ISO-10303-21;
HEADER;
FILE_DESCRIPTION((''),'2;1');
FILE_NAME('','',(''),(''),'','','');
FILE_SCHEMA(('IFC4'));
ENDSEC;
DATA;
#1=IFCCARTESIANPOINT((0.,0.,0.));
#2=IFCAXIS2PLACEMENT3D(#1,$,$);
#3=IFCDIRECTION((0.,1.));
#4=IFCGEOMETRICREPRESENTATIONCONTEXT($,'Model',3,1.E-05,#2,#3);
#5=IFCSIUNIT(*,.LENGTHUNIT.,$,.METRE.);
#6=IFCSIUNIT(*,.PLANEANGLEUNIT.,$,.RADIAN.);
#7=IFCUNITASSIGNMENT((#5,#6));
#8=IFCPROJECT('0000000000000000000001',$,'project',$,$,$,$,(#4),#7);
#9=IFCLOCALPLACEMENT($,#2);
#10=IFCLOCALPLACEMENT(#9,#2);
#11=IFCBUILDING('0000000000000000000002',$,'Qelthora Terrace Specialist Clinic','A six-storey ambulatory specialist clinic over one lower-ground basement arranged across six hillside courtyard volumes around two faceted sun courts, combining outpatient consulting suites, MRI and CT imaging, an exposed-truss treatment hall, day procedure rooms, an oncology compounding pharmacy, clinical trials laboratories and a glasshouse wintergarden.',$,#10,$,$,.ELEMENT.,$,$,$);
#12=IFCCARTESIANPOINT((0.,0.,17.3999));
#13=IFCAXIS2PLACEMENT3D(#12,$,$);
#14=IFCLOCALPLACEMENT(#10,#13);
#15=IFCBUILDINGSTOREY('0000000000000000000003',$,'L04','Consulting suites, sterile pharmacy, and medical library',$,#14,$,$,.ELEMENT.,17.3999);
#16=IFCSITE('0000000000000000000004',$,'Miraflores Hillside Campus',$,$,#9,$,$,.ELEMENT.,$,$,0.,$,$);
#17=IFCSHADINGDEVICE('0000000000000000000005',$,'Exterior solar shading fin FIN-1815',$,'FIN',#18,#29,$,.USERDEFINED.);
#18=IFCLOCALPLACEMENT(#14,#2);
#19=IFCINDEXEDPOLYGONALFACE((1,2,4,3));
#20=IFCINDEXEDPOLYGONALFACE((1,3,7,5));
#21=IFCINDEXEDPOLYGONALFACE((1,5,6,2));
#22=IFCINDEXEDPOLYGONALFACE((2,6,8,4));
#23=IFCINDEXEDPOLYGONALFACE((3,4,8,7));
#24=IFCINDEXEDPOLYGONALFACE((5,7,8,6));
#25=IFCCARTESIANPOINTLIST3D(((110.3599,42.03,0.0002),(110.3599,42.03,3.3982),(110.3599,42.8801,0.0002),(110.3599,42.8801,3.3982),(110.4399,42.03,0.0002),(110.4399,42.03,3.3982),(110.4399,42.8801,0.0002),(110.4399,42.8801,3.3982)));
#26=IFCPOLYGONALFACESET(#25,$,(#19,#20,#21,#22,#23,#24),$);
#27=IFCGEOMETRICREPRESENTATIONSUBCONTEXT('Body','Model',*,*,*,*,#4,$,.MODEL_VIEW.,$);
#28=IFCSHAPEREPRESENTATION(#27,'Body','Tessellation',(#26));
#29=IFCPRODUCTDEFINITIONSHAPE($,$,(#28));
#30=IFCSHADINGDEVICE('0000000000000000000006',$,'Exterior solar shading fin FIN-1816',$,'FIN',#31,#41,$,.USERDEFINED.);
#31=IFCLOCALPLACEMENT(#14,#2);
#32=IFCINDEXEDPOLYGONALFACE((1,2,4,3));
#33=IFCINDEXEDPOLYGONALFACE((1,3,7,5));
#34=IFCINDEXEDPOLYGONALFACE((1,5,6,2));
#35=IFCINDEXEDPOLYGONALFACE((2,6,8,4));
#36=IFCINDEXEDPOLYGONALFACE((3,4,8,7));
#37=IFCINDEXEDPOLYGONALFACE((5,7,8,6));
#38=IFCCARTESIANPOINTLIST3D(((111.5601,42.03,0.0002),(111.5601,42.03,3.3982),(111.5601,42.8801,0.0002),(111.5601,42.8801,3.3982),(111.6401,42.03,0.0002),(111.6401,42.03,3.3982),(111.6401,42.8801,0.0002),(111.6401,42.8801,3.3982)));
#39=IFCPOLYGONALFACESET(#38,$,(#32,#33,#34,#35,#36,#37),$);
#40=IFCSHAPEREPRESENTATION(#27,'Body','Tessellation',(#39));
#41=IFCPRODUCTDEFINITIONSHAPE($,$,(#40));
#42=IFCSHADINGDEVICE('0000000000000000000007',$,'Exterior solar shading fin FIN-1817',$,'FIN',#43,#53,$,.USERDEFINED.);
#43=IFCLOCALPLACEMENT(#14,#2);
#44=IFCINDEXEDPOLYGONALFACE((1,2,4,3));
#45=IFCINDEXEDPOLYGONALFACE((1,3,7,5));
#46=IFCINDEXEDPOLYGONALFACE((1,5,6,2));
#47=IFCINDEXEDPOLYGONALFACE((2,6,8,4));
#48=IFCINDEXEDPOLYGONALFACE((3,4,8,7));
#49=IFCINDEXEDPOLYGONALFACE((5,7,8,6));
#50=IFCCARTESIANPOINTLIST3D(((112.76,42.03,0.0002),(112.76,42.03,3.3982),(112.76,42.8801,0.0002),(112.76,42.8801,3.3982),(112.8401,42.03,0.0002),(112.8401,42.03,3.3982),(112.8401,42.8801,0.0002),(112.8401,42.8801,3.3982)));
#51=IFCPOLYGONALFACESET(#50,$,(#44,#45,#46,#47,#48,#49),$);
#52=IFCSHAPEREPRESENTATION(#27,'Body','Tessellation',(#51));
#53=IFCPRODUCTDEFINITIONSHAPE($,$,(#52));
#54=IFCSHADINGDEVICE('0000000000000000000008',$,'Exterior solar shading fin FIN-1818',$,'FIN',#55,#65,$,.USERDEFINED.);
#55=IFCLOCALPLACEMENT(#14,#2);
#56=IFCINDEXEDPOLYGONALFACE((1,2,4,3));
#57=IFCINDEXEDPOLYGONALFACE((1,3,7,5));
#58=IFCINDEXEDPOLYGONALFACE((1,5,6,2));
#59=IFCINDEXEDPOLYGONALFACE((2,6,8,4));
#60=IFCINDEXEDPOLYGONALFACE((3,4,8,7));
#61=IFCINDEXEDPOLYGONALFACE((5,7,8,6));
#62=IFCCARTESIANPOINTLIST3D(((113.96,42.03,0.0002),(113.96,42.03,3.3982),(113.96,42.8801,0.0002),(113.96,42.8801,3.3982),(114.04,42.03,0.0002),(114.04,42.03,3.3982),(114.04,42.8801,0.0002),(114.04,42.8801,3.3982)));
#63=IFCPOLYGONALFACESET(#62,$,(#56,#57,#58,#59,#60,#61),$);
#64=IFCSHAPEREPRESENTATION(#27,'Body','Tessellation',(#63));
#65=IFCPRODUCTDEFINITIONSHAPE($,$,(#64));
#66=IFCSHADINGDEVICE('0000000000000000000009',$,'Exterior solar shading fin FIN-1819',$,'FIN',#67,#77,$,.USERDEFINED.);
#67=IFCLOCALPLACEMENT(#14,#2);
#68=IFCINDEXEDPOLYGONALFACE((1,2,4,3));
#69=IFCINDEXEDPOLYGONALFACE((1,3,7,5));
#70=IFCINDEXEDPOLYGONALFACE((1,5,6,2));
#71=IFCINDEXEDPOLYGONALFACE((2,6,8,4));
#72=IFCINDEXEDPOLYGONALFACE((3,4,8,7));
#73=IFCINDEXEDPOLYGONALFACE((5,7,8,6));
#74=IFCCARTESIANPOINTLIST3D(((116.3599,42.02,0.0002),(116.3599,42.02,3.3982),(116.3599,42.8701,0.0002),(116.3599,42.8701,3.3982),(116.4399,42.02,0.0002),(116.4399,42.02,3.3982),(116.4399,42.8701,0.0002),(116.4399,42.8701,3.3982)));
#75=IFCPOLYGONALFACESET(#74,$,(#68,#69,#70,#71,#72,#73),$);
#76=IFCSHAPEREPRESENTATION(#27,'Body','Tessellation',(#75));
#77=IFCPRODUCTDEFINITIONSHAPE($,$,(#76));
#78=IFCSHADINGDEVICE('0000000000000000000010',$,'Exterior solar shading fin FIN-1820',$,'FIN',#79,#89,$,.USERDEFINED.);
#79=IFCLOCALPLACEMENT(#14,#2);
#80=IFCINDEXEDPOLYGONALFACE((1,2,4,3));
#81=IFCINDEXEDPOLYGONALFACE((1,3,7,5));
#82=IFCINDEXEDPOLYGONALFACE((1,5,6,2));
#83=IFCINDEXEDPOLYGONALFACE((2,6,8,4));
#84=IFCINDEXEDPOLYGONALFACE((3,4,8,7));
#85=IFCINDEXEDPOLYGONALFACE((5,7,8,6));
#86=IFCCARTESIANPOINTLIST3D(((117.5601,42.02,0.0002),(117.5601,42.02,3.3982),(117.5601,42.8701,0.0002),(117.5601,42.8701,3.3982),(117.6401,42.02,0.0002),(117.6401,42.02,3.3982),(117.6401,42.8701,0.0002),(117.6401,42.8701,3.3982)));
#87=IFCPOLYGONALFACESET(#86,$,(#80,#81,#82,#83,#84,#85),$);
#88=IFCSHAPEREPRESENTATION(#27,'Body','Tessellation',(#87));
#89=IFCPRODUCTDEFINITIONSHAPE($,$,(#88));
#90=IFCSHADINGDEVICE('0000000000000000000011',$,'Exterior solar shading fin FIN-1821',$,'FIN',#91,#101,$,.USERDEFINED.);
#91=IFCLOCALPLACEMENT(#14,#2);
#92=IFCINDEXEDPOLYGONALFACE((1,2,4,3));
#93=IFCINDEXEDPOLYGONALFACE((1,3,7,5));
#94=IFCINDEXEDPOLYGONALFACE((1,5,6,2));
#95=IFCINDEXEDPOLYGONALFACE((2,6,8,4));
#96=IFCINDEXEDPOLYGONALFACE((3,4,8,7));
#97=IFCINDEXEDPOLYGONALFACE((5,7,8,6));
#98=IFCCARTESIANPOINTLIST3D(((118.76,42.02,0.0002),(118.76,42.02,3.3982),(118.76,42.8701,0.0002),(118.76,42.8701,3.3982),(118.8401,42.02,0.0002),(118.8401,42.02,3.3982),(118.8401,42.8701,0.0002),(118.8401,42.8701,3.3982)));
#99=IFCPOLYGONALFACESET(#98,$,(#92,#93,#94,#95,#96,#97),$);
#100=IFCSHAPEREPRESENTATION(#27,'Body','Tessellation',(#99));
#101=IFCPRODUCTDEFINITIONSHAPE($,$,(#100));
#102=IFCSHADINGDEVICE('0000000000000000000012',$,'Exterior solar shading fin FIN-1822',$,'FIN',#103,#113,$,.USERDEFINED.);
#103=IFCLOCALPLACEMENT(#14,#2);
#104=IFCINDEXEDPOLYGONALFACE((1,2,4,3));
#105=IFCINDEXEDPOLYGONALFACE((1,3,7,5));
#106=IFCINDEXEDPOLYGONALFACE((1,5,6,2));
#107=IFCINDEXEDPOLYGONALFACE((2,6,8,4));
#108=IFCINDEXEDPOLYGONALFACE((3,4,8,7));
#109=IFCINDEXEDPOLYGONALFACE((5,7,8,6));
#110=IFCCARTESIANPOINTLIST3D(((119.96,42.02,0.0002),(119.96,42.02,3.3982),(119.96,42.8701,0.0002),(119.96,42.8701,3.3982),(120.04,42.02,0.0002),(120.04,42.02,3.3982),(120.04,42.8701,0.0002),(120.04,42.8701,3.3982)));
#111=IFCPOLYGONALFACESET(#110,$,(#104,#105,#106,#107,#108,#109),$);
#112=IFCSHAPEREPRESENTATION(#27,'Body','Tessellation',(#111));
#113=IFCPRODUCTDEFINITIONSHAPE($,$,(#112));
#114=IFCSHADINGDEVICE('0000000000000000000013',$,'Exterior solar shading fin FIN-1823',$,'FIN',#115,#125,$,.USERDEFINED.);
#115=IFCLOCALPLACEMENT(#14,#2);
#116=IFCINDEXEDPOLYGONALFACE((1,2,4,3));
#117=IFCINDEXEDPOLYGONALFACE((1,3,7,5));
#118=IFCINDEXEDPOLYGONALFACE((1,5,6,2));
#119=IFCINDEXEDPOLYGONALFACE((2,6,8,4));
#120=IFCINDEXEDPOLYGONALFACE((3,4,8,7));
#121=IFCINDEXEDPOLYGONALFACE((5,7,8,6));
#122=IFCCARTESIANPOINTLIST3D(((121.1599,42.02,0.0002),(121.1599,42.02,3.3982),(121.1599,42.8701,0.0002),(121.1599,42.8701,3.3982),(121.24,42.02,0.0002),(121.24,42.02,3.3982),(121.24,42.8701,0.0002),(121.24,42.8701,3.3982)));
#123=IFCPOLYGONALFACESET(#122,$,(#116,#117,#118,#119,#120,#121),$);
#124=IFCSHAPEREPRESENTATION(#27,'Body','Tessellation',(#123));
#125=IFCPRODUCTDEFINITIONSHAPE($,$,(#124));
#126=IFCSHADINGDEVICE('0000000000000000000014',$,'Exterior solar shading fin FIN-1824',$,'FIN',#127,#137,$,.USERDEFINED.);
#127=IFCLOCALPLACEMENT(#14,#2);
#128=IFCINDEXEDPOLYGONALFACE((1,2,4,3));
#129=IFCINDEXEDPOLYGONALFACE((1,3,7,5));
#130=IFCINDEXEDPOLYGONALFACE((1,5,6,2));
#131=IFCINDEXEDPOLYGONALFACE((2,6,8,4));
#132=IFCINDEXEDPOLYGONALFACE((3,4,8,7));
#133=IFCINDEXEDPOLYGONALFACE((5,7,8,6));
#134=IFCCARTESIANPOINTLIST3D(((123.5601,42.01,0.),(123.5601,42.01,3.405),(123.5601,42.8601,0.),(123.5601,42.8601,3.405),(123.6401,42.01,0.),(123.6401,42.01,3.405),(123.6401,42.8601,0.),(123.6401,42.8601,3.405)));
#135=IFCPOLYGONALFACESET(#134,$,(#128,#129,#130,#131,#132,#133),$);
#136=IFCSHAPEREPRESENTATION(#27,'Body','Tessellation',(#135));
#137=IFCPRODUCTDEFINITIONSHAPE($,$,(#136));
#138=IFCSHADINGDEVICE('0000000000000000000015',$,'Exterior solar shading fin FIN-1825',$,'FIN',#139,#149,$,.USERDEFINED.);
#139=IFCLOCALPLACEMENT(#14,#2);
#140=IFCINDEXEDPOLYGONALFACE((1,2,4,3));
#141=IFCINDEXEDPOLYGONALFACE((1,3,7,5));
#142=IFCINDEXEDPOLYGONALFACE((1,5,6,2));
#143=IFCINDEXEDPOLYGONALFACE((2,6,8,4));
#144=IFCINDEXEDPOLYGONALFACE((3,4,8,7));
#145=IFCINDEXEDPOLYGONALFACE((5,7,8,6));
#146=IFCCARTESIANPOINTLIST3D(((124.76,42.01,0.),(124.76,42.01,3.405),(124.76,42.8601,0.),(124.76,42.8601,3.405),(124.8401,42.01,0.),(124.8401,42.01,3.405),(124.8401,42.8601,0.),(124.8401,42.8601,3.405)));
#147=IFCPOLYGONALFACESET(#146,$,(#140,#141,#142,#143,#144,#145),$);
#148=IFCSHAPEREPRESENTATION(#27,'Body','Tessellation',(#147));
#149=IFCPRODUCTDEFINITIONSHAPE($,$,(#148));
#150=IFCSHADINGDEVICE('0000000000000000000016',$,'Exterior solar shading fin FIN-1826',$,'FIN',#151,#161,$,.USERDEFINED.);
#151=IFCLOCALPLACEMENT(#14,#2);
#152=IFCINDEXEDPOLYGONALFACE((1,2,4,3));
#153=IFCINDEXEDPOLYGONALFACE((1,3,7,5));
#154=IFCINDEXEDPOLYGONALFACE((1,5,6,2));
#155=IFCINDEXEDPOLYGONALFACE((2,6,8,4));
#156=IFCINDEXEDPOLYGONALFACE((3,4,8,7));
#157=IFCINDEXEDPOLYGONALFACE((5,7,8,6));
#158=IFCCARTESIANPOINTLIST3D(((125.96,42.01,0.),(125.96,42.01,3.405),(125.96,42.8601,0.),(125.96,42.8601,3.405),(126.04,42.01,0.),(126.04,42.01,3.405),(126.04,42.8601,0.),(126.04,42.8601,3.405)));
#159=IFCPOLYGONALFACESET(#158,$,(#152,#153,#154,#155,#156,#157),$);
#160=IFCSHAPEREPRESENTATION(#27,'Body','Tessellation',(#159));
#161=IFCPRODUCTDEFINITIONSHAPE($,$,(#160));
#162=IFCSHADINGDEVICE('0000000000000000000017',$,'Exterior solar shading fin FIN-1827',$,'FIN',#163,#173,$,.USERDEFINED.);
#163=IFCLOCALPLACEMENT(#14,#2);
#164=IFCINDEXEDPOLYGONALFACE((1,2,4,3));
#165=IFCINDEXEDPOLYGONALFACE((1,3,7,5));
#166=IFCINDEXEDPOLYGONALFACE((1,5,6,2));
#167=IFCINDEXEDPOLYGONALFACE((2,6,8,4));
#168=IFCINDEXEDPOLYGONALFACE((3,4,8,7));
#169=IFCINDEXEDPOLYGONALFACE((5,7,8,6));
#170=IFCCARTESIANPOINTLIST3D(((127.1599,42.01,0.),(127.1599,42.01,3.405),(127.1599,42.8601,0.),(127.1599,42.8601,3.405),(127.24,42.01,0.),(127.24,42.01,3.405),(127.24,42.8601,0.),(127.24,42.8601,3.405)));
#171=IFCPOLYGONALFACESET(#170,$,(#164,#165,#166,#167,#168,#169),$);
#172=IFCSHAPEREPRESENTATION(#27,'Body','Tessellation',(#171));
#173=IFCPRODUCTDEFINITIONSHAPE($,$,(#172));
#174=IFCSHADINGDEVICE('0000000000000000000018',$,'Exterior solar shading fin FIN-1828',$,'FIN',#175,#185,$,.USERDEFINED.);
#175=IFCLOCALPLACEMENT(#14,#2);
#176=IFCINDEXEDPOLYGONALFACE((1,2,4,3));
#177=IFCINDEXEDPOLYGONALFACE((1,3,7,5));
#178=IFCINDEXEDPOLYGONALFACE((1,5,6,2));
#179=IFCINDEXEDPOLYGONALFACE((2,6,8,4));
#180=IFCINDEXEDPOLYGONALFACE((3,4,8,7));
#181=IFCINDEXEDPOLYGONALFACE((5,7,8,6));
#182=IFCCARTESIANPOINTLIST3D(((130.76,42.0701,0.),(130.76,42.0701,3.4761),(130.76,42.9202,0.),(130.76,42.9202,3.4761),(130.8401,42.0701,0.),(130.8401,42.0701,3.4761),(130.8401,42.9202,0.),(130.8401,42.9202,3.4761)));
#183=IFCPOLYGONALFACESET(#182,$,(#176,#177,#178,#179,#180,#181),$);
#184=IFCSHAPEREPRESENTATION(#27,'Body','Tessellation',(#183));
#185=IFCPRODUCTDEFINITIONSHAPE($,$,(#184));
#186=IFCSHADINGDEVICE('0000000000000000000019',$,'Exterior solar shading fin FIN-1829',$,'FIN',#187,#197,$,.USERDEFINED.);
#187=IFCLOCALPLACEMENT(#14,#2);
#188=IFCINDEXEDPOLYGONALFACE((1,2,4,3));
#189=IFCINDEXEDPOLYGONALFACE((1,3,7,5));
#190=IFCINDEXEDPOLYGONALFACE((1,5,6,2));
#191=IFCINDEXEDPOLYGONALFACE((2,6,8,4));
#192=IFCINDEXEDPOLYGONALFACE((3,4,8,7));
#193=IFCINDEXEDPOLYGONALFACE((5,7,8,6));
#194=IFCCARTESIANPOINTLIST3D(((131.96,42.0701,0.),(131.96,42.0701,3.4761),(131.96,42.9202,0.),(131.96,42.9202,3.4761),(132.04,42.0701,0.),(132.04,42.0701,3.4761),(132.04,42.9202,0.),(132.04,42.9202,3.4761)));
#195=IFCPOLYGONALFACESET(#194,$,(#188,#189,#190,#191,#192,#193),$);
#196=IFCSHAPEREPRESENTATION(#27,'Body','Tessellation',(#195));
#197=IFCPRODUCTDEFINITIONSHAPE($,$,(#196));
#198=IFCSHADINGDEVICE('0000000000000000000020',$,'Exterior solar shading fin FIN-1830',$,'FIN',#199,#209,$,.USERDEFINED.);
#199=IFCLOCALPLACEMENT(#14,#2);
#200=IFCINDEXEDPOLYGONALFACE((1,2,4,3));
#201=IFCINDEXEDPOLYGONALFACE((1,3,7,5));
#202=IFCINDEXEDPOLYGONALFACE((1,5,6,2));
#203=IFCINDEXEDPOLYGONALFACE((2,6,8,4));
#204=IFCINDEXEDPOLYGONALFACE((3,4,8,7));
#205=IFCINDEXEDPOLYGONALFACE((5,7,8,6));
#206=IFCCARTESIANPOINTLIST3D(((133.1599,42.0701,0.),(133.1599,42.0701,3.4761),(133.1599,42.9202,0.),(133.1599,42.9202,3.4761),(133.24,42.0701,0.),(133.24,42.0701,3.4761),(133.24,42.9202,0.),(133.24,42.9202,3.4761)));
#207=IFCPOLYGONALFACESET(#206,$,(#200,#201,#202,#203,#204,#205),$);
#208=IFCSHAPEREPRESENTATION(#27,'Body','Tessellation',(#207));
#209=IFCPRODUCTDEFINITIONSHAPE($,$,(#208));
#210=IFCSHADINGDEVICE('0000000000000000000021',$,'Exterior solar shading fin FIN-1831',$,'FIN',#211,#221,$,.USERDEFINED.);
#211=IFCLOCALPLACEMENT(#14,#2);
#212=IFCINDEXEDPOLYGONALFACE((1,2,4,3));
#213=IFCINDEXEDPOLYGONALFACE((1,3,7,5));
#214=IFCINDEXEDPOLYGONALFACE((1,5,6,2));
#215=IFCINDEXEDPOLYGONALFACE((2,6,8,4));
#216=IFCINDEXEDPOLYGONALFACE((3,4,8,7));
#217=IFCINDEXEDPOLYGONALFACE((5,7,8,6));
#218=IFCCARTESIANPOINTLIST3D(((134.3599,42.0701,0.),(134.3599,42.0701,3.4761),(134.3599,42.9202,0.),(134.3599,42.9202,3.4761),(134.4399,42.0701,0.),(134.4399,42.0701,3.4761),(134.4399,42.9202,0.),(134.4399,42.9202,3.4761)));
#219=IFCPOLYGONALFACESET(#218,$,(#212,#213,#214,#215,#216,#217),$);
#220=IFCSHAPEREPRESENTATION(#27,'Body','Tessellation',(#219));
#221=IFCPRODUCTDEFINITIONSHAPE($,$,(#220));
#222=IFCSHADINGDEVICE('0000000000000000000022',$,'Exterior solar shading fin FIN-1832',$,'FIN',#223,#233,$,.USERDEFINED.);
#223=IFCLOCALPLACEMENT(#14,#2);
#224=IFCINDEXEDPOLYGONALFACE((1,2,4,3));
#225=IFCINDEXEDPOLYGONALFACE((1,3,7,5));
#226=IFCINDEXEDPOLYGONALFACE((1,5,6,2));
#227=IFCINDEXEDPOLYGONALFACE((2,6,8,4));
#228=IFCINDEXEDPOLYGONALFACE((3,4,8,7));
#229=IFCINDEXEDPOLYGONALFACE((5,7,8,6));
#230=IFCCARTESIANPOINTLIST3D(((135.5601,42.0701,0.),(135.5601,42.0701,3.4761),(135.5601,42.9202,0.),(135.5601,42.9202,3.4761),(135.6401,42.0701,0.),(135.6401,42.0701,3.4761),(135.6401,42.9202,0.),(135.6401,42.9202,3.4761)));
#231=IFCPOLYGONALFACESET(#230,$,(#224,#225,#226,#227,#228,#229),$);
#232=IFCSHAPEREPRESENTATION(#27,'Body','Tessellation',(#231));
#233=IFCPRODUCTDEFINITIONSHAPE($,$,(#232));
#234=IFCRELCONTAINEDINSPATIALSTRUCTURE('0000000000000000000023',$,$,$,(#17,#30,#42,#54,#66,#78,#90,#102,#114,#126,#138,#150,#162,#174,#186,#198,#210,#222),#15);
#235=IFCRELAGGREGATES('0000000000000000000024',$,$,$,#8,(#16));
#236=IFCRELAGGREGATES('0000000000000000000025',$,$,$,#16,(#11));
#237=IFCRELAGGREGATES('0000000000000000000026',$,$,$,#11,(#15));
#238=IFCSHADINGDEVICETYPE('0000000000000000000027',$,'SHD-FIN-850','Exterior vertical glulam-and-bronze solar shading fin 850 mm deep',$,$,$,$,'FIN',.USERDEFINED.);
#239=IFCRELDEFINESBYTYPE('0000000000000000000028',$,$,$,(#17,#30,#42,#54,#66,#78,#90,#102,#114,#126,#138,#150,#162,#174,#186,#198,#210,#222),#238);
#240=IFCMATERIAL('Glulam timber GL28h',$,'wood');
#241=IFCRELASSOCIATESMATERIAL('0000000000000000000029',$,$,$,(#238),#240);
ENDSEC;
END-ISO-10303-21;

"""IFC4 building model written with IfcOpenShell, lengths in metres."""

from ifc_helpers import new_model, si_unit, direction, frame, origin, origin_2d, place, context, subcontext, project, spatial, rectangle, extrude, material, type_object, element, save


model = new_model("IFC4")

# Units and contexts
model_context = context("Model", 3, precision=1e-05, world=origin(), true_north=direction((0.0, 1.0)))
body_context = subcontext(model_context, "Body", "Model", "MODEL_VIEW")
ifc_project = project(units=[si_unit("LENGTHUNIT", "METRE"), si_unit("PLANEANGLEUNIT", "RADIAN")], contexts=[model_context])

# Site, building, storey
site_placement = place(None, origin())
site = spatial("IfcSite", under=ifc_project, at=site_placement, Name="Miraflores Hillside Campus", CompositionType="ELEMENT", RefElevation=0.0)
building_placement = place(site_placement, origin())
building = spatial("IfcBuilding", under=site, at=building_placement, Name="Qelthora Terrace Specialist Clinic", Description="A six-storey ambulatory specialist clinic over one lower-ground basement arranged across six hillside courtyard volumes around two faceted sun courts, combining outpatient consulting suites, MRI and CT imaging, an exposed-truss treatment hall, day procedure rooms, an oncology compounding pharmacy, clinical trials laboratories and a glasshouse wintergarden.", CompositionType="ELEMENT")
storey_placement = place(building_placement, frame((0.0, 0.0, 17.3999)))
storey = spatial("IfcBuildingStorey", under=building, at=storey_placement, Name="L04", Description="Consulting suites, sterile pharmacy, and medical library", CompositionType="ELEMENT", Elevation=17.3999)

# Shading devices
ifc_material_1 = material(Name="Glulam timber GL28h", Category="wood")
shading_device_type = type_object("IfcShadingDeviceType", Name="SHD-FIN-850", Description="Exterior vertical glulam-and-bronze solar shading fin 850 mm deep", ElementType="FIN", PredefinedType="USERDEFINED", material=ifc_material_1)
for number, where, z_axis, x_axis, name in (
    (1, (110.3999, 42.4551, 0.0002), (0.0, 0.0, 1.0), (0.0, 1.0, 0.0), "Exterior solar shading fin FIN-1815"),
    (2, (111.6001, 42.4551, 0.0002), (0.0, 0.0, 1.0), (0.0, 1.0, 0.0), "Exterior solar shading fin FIN-1816"),
    (3, (112.8, 42.4551, 0.0002), (0.0, 0.0, 1.0), (0.0, 1.0, 0.0), "Exterior solar shading fin FIN-1817"),
    (4, (114.0, 42.4551, 0.0002), (0.0, 0.0, 1.0), (0.0, 1.0, 0.0), "Exterior solar shading fin FIN-1818"),
    (5, (116.3999, 42.4451, 0.0002), (0.0, 0.0, 1.0), (0.0, 1.0, 0.0), "Exterior solar shading fin FIN-1819"),
    (6, (117.6001, 42.4451, 0.0002), (0.0, 0.0, 1.0), (0.0, 1.0, 0.0), "Exterior solar shading fin FIN-1820"),
    (7, (118.8, 42.4451, 0.0002), (0.0, 0.0, 1.0), (0.0, 1.0, 0.0), "Exterior solar shading fin FIN-1821"),
    (8, (120.0, 42.4451, 0.0002), (0.0, 0.0, 1.0), (0.0, 1.0, 0.0), "Exterior solar shading fin FIN-1822"),
    (9, (121.2, 42.4451, 0.0002), (0.0, 0.0, 1.0), (0.0, 1.0, 0.0), "Exterior solar shading fin FIN-1823"),
):
    element("IfcShadingDevice", number, at=place(storey_placement, frame(where, z_axis=z_axis, x_axis=x_axis)), inside=storey, type_object=shading_device_type, Name=name, ObjectType="FIN", PredefinedType="USERDEFINED", context=body_context, shape_type="SweptSolid", body=[
        extrude(rectangle(XDim=0.8501, YDim=0.0801, at=origin_2d()), origin(), (0.0, 0.0, 1.0), 3.3979),
    ])
for number, where, z_axis, x_axis, name in (
    (10, (123.6001, 42.4351, 0.0), (0.0, 0.0, 1.0), (0.0, 1.0, 0.0), "Exterior solar shading fin FIN-1824"),
    (11, (124.8, 42.4351, 0.0), (0.0, 0.0, 1.0), (0.0, 1.0, 0.0), "Exterior solar shading fin FIN-1825"),
    (12, (126.0, 42.4351, 0.0), (0.0, 0.0, 1.0), (0.0, 1.0, 0.0), "Exterior solar shading fin FIN-1826"),
    (13, (127.2, 42.4351, 0.0), (0.0, 0.0, 1.0), (0.0, 1.0, 0.0), "Exterior solar shading fin FIN-1827"),
):
    element("IfcShadingDevice", number, at=place(storey_placement, frame(where, z_axis=z_axis, x_axis=x_axis)), inside=storey, type_object=shading_device_type, Name=name, ObjectType="FIN", PredefinedType="USERDEFINED", context=body_context, shape_type="SweptSolid", body=[
        extrude(rectangle(XDim=0.8501, YDim=0.0801, at=origin_2d()), origin(), (0.0, 0.0, 1.0), 3.405),
    ])
for number, where, z_axis, x_axis, name in (
    (14, (130.8, 42.4951, 0.0), (0.0, 0.0, 1.0), (0.0, 1.0, 0.0), "Exterior solar shading fin FIN-1828"),
    (15, (132.0, 42.4951, 0.0), (0.0, 0.0, 1.0), (0.0, 1.0, 0.0), "Exterior solar shading fin FIN-1829"),
    (16, (133.2, 42.4951, 0.0), (0.0, 0.0, 1.0), (0.0, 1.0, 0.0), "Exterior solar shading fin FIN-1830"),
    (17, (134.3999, 42.4951, 0.0), (0.0, 0.0, 1.0), (0.0, 1.0, 0.0), "Exterior solar shading fin FIN-1831"),
    (18, (135.6001, 42.4951, 0.0), (0.0, 0.0, 1.0), (0.0, 1.0, 0.0), "Exterior solar shading fin FIN-1832"),
):
    element("IfcShadingDevice", number, at=place(storey_placement, frame(where, z_axis=z_axis, x_axis=x_axis)), inside=storey, type_object=shading_device_type, Name=name, ObjectType="FIN", PredefinedType="USERDEFINED", context=body_context, shape_type="SweptSolid", body=[
        extrude(rectangle(XDim=0.8501, YDim=0.0801, at=origin_2d()), origin(), (0.0, 0.0, 1.0), 3.4761),
    ])

save(model, "model.ifc")
